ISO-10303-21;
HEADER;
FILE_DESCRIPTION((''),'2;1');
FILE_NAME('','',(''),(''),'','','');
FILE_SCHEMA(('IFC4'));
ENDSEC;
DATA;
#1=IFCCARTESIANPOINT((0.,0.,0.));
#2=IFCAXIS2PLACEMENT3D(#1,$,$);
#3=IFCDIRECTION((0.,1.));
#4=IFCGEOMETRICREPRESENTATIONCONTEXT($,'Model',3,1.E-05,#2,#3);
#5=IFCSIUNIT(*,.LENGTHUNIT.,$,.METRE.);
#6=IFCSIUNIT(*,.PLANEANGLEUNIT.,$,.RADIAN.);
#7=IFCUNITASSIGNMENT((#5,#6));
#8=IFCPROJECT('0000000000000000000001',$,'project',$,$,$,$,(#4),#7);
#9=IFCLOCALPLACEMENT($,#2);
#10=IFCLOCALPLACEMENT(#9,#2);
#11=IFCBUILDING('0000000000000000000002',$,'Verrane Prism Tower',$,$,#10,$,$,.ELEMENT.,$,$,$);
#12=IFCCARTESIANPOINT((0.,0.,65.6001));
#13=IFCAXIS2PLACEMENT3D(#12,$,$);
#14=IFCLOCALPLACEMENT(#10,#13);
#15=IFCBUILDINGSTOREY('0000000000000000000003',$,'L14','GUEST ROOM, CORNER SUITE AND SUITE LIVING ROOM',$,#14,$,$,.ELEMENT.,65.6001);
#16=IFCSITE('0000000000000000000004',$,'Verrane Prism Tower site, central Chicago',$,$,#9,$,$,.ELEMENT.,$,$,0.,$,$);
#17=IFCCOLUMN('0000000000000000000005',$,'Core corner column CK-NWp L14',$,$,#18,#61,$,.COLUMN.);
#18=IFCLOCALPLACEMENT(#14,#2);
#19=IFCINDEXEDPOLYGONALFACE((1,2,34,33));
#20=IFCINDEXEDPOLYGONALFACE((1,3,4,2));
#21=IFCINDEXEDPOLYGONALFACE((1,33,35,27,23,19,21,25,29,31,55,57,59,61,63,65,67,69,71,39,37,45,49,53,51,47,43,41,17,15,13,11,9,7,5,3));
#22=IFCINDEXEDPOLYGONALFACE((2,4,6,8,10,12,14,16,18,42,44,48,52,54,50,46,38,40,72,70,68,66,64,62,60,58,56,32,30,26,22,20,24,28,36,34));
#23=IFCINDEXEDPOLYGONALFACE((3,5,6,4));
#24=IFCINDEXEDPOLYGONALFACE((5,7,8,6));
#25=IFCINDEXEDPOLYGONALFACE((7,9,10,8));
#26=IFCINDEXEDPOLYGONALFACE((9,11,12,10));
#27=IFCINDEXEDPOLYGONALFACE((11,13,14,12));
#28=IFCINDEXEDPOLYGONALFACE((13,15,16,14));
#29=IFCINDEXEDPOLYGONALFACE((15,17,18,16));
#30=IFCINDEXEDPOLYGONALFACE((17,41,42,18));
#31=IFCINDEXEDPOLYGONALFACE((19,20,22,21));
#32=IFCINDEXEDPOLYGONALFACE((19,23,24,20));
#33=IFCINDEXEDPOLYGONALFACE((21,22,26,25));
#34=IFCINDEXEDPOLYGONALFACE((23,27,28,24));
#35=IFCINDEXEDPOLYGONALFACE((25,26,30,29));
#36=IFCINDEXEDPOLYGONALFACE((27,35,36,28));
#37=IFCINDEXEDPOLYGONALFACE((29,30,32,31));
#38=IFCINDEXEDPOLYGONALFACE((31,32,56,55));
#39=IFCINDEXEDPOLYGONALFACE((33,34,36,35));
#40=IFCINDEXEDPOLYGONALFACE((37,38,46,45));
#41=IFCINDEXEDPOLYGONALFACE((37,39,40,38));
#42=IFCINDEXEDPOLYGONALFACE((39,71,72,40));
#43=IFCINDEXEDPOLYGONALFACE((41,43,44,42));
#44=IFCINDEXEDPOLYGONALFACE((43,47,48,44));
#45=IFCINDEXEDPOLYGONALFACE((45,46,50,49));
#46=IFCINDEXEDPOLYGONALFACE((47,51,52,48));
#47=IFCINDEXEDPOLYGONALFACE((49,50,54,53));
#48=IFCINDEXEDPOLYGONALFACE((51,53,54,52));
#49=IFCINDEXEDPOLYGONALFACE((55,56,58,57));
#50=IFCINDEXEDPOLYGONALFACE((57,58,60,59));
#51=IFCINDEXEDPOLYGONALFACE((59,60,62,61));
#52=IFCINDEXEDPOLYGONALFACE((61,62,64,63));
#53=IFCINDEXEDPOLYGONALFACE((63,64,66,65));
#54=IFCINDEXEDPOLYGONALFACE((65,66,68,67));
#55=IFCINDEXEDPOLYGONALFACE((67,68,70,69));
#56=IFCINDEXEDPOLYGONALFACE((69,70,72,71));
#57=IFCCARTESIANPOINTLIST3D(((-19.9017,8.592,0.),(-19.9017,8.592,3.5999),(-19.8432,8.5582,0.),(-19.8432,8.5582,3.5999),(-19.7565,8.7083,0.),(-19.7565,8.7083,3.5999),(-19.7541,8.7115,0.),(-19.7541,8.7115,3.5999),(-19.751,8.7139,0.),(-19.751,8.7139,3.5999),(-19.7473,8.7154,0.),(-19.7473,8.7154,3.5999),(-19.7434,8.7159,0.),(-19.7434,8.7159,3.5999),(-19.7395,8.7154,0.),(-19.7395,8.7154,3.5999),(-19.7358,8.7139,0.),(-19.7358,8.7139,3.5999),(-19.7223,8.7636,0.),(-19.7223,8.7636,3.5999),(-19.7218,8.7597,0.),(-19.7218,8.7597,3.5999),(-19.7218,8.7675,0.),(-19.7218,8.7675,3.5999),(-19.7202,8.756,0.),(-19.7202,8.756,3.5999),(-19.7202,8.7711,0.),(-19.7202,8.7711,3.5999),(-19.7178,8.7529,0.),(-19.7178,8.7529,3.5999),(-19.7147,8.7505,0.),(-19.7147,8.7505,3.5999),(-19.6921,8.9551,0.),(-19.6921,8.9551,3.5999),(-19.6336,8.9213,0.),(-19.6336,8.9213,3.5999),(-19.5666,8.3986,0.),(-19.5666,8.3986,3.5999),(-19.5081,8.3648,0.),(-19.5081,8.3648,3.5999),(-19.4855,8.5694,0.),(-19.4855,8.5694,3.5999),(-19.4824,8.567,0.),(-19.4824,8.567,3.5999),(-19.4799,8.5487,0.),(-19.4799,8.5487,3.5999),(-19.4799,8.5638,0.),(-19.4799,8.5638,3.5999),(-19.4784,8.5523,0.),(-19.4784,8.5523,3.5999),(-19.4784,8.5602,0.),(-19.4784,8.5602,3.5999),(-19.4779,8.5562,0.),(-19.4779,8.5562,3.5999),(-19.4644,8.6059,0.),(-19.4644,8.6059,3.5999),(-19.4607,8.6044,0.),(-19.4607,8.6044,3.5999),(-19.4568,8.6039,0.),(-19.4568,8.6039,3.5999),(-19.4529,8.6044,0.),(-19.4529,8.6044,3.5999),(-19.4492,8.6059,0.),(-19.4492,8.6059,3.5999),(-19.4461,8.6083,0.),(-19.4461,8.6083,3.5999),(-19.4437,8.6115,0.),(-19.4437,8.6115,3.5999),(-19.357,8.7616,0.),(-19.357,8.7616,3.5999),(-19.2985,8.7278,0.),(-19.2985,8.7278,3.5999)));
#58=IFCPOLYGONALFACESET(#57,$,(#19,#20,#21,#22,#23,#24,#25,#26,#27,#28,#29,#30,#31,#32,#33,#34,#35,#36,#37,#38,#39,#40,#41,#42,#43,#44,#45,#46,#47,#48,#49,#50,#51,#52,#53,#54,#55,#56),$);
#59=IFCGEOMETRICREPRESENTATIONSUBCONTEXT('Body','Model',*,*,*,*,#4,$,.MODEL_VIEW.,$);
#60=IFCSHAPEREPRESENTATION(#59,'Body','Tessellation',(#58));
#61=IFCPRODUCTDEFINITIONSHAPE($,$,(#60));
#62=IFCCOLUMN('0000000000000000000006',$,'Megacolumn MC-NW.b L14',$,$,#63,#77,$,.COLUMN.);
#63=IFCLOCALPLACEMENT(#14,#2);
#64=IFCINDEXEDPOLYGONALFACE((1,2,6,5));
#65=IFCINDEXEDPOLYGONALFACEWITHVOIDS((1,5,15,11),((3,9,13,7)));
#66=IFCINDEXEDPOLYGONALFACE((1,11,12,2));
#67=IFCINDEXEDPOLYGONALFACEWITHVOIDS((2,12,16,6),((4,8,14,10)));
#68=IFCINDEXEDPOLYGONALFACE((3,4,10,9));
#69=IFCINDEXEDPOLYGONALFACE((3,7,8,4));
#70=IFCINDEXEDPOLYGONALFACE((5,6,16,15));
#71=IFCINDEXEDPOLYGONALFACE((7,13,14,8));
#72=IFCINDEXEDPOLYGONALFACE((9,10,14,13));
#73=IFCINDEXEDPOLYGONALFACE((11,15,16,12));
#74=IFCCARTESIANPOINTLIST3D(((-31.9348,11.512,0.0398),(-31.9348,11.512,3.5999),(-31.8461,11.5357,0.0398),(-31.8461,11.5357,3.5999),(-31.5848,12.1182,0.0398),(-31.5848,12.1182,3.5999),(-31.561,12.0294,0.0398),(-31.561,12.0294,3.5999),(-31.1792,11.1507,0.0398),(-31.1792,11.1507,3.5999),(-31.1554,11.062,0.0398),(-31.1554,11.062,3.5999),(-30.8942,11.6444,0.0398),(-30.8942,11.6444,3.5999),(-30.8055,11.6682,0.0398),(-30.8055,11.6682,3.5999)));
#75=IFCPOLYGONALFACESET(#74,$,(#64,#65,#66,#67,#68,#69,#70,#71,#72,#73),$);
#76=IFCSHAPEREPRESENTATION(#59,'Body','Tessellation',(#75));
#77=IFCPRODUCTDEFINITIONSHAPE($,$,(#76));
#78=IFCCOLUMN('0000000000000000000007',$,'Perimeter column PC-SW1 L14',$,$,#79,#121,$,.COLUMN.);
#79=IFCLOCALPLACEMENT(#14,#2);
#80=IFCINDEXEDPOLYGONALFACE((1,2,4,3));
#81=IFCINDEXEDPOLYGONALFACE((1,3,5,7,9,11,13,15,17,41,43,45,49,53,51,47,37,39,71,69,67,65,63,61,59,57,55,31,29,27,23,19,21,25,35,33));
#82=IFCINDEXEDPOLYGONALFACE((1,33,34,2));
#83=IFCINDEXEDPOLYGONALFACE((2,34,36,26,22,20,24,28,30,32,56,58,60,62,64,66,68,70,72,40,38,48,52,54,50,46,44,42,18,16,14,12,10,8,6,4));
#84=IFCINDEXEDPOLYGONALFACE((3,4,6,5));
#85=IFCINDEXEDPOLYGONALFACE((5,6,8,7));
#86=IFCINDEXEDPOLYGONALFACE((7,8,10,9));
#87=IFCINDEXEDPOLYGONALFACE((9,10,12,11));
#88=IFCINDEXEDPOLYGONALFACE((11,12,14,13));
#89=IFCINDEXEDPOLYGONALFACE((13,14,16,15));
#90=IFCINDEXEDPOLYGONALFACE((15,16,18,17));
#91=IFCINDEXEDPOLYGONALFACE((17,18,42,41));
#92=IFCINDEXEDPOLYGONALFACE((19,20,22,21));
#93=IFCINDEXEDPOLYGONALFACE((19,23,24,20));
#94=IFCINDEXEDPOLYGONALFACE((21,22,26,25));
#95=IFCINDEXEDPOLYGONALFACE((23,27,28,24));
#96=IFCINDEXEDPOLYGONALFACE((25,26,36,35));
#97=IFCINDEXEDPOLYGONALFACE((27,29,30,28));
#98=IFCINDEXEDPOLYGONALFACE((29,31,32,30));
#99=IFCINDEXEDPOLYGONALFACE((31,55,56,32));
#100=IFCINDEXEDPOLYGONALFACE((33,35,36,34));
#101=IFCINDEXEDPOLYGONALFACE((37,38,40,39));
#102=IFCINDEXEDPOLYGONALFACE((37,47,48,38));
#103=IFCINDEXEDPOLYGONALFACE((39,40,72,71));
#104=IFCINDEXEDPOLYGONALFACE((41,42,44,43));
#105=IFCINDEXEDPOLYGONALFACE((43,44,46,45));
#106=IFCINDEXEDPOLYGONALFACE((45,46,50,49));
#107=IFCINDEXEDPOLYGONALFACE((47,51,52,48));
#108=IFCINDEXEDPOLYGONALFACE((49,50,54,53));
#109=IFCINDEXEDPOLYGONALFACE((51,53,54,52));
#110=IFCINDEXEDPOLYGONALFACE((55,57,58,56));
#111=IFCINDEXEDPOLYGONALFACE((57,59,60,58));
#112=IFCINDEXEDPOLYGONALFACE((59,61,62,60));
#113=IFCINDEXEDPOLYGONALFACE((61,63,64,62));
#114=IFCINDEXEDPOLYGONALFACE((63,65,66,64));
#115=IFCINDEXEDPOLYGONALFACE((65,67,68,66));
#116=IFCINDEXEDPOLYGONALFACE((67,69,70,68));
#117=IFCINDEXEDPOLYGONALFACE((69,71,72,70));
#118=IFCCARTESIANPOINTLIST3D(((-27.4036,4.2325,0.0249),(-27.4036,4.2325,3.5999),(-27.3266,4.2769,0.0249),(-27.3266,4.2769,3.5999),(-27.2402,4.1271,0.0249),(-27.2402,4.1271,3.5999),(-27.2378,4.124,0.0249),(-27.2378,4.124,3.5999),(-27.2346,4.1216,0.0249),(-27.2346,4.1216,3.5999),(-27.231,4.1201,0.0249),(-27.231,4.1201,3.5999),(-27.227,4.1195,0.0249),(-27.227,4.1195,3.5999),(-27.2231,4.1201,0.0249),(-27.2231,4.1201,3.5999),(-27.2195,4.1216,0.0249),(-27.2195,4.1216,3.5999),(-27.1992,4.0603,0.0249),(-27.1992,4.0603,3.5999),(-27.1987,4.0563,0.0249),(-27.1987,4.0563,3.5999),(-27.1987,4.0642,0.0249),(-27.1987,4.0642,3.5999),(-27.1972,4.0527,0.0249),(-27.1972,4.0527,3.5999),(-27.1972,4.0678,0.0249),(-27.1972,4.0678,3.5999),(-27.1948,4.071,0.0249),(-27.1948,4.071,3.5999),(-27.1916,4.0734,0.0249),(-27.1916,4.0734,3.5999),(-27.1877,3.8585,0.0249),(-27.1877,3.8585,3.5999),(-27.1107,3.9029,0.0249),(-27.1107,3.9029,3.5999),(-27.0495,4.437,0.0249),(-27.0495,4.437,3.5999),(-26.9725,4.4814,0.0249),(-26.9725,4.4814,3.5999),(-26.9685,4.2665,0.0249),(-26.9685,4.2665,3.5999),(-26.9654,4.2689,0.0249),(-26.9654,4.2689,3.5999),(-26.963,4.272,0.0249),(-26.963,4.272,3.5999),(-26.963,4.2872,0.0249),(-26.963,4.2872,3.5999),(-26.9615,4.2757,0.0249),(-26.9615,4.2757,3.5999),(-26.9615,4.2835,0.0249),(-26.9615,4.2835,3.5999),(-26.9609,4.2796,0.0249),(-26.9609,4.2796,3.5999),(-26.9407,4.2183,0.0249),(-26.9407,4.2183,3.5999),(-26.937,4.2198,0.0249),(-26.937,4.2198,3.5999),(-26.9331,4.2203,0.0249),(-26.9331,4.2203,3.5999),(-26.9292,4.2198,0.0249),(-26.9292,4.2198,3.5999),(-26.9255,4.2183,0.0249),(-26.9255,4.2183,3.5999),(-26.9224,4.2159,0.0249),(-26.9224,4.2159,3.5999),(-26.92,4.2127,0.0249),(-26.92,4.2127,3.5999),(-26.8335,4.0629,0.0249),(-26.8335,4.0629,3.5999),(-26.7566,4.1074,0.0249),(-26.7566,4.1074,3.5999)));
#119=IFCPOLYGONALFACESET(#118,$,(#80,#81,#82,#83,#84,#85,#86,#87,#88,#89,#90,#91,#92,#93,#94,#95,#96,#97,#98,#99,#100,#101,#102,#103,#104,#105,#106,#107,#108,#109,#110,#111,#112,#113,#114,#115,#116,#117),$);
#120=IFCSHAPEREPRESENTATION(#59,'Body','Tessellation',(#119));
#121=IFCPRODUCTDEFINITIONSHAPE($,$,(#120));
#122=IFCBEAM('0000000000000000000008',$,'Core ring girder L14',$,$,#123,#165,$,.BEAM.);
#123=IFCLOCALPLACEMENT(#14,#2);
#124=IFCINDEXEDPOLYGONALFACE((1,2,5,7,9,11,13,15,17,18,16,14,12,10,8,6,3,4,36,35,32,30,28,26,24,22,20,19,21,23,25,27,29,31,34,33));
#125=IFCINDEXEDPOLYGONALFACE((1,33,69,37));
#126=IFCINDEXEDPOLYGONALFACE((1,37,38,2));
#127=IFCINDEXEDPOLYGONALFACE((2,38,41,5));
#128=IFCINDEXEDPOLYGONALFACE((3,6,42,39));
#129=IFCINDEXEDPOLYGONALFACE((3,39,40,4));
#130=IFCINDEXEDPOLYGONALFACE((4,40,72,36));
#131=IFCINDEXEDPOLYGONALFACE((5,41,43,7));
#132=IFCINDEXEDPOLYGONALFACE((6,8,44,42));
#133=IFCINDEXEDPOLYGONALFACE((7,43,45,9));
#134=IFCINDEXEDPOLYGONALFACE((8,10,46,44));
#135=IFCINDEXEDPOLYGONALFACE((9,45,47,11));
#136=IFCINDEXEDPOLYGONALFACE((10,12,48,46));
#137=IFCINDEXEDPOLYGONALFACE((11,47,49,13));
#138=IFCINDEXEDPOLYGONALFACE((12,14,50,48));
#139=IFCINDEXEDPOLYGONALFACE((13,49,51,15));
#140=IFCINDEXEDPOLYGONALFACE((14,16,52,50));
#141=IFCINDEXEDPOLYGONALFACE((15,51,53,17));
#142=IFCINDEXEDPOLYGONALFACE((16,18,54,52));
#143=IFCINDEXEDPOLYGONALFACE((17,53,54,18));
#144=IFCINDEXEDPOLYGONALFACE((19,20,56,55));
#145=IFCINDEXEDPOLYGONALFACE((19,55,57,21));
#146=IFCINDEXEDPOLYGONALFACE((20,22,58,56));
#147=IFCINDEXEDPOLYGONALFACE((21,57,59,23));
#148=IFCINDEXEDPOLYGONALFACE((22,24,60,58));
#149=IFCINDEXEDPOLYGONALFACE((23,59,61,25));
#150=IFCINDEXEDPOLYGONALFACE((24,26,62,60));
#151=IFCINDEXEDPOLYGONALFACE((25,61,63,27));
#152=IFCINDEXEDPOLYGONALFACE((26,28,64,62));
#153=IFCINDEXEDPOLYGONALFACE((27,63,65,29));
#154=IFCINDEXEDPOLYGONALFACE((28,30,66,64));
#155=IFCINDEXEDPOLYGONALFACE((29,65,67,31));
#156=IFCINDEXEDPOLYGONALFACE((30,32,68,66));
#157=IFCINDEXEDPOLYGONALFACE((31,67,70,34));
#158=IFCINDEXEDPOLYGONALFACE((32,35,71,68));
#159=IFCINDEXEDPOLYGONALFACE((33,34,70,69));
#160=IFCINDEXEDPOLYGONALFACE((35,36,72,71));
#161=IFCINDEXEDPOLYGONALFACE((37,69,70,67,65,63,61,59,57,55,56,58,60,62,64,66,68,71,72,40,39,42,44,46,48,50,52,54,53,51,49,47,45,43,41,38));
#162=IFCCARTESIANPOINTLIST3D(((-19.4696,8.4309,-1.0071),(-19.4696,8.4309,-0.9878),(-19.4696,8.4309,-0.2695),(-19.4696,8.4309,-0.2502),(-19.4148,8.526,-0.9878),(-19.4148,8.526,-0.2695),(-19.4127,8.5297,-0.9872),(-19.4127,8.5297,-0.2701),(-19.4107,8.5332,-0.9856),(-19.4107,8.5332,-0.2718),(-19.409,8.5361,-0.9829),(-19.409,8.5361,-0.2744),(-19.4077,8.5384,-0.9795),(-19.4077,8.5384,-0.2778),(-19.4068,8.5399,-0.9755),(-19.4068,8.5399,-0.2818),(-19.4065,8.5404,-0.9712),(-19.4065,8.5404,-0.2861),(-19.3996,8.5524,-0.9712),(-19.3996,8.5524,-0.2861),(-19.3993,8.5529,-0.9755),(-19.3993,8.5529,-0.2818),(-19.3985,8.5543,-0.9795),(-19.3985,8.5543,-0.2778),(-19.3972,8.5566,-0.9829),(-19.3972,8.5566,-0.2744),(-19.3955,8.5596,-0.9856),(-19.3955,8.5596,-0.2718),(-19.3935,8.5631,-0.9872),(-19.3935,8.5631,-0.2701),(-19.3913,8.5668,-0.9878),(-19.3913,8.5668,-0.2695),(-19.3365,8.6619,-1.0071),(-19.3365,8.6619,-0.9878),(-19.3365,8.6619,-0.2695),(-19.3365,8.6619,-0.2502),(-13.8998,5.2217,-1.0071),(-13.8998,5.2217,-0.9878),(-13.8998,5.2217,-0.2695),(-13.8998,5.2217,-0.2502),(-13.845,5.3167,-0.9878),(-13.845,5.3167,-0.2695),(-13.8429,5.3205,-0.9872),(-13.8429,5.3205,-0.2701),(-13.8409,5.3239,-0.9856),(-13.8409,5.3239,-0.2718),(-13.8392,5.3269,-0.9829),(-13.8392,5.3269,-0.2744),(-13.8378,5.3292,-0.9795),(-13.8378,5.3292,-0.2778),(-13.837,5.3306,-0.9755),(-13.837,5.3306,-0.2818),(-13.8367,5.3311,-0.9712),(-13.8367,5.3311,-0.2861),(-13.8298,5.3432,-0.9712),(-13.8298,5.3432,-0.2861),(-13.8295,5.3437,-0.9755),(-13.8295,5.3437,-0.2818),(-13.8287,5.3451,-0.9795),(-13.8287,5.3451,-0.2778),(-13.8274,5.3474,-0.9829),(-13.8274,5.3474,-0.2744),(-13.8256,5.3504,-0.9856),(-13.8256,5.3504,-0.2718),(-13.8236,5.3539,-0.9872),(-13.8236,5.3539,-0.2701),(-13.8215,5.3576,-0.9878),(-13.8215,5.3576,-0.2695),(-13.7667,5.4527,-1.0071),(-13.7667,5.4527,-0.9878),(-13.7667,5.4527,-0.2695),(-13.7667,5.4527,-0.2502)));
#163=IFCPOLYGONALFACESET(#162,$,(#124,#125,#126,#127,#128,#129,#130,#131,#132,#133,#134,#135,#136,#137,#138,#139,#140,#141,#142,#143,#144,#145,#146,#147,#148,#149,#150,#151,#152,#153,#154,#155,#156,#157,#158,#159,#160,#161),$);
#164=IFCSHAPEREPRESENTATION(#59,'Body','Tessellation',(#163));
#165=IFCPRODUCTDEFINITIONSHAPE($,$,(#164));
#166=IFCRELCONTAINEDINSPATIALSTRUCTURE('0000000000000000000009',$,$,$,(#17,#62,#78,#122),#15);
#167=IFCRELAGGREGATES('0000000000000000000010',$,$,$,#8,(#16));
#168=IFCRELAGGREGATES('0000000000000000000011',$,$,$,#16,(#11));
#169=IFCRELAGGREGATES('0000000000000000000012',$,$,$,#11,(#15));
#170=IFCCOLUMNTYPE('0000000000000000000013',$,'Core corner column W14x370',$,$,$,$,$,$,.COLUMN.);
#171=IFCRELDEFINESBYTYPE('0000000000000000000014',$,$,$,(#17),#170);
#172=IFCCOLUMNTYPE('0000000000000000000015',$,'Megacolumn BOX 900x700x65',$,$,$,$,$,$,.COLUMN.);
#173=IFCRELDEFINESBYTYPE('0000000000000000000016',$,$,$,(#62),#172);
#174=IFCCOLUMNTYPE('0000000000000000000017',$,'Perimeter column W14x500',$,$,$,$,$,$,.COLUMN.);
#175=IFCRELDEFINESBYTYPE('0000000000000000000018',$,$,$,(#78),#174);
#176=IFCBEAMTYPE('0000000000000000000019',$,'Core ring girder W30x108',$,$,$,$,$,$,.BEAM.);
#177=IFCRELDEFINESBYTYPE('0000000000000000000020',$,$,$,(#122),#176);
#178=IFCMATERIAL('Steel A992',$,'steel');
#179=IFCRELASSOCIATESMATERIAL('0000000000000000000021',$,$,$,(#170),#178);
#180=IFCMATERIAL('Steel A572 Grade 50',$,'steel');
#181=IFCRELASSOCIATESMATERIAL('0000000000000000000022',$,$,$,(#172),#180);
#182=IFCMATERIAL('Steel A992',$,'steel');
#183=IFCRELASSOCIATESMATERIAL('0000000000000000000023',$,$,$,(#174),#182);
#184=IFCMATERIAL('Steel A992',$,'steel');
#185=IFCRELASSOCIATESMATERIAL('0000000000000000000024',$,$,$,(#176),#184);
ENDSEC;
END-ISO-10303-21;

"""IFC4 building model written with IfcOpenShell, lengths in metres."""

from ifc_helpers import new_model, si_unit, direction, frame, origin, origin_2d, place, context, subcontext, project, spatial, hollow_rectangle, i_section, extrude, material, material_profile, profile_set, type_object, element, save


model = new_model("IFC4")

# Units and contexts
model_context = context("Model", 3, precision=1e-05, world=origin(), true_north=direction((0.0, 1.0)))
body_context = subcontext(model_context, "Body", "Model", "MODEL_VIEW")
ifc_project = project(units=[si_unit("LENGTHUNIT", "METRE"), si_unit("PLANEANGLEUNIT", "RADIAN")], contexts=[model_context])

# Site, building, storey
site_placement = place(None, origin())
site = spatial("IfcSite", under=ifc_project, at=site_placement, Name="Verrane Prism Tower site, central Chicago", CompositionType="ELEMENT", RefElevation=0.0)
building_placement = place(site_placement, origin())
building = spatial("IfcBuilding", under=site, at=building_placement, Name="Verrane Prism Tower", CompositionType="ELEMENT")
storey_placement = place(building_placement, frame((0.0, 0.0, 65.6001)))
storey = spatial("IfcBuildingStorey", under=building, at=storey_placement, Name="L14", Description="GUEST ROOM, CORNER SUITE AND SUITE LIVING ROOM", CompositionType="ELEMENT", Elevation=65.6001)

# Columns
ifc_material_1 = material(Name="Steel A992", Category="steel")
ifc_material_profile_1 = material_profile(ifc_material_1, i_section(OverallWidth=0.4192, OverallDepth=0.4546, WebThickness=0.0422, FlangeThickness=0.0676, FilletRadius=0.0151, at=origin_2d()), Name="W14x370")
ifc_profile_set_1 = profile_set([ifc_material_profile_1], Name="Steel A992")
column_type_1 = type_object("IfcColumnType", Name="Core corner column W14x370", PredefinedType="COLUMN", material=ifc_profile_set_1)
column_1_placement = place(storey_placement, frame((-19.6001, 8.6599, 0.0), z_axis=(0.0, 0.0, 1.0), x_axis=(0.5, 0.866025, 0.0)))
element("IfcColumn", 1, at=column_1_placement, inside=storey, type_object=column_type_1, Name="Core corner column CK-NWp L14", PredefinedType="COLUMN", context=body_context, shape_type="SweptSolid", body=[
    extrude(i_section(OverallWidth=0.4192, OverallDepth=0.4546, WebThickness=0.0422, FlangeThickness=0.0676, FilletRadius=0.0151, at=origin_2d()), origin(), (0.0, 0.0, 1.0), 3.5999),
])
ifc_material_2 = material(Name="Steel A572 Grade 50", Category="steel")
ifc_material_profile_2 = material_profile(ifc_material_2, hollow_rectangle(XDim=0.7, YDim=0.8999, WallThickness=0.0649, at=origin_2d()), Name="BOX 900x700x65")
ifc_profile_set_2 = profile_set([ifc_material_profile_2], Name="Steel A572 Grade 50")
column_type_2 = type_object("IfcColumnType", Name="Megacolumn BOX 900x700x65", PredefinedType="COLUMN", material=ifc_profile_set_2)
column_2_placement = place(storey_placement, frame((-31.3701, 11.5901, 0.0398), z_axis=(0.0, 0.0, 1.0), x_axis=(0.5, 0.866025, 0.0)))
element("IfcColumn", 2, at=column_2_placement, inside=storey, type_object=column_type_2, Name="Megacolumn MC-NW.b L14", PredefinedType="COLUMN", context=body_context, shape_type="SweptSolid", body=[
    extrude(hollow_rectangle(XDim=0.7, YDim=0.8999, WallThickness=0.0649, at=origin_2d()), origin(), (0.0, 0.0, 1.0), 3.5601),
])
ifc_material_3 = material(Name="Steel A992", Category="steel")
ifc_material_profile_3 = material_profile(ifc_material_3, i_section(OverallWidth=0.4319, OverallDepth=0.4978, WebThickness=0.0557, FlangeThickness=0.0889, FilletRadius=0.0151, at=origin_2d()), Name="W14x500")
ifc_profile_set_3 = profile_set([ifc_material_profile_3], Name="Steel A992")
column_type_3 = type_object("IfcColumnType", Name="Perimeter column W14x500", PredefinedType="COLUMN", material=ifc_profile_set_3)
column_3_placement = place(storey_placement, frame((-27.0801, 4.1699, 0.0249), z_axis=(0.0, 0.0, 1.0), x_axis=(-0.5, 0.866025, 0.0)))
element("IfcColumn", 3, at=column_3_placement, inside=storey, type_object=column_type_3, Name="Perimeter column PC-SW1 L14", PredefinedType="COLUMN", context=body_context, shape_type="SweptSolid", body=[
    extrude(i_section(OverallWidth=0.4319, OverallDepth=0.4978, WebThickness=0.0557, FlangeThickness=0.0889, FilletRadius=0.0151, at=origin_2d()), origin(), (0.0, 0.0, 1.0), 3.575),
])

# Beam
ifc_material_4 = material(Name="Steel A992", Category="steel")
ifc_material_profile_4 = material_profile(ifc_material_4, i_section(OverallWidth=0.2666, OverallDepth=0.7568, WebThickness=0.0139, FlangeThickness=0.0193, FilletRadius=0.0166, at=origin_2d()), Name="W30x108")
ifc_profile_set_4 = profile_set([ifc_material_profile_4], Name="Steel A992")
beam_type_1 = type_object("IfcBeamType", Name="Core ring girder W30x108", PredefinedType="BEAM", material=ifc_profile_set_4)
beam_1_placement = place(storey_placement, frame((-19.4031, 8.5464, -0.6287), z_axis=(0.866464, -0.49924, 0.0), x_axis=(0.49924, 0.866464, 0.0)))
element("IfcBeam", 4, at=beam_1_placement, inside=storey, type_object=beam_type_1, Name="Core ring girder L14", PredefinedType="BEAM", context=body_context, shape_type="SweptSolid", body=[
    extrude(i_section(OverallWidth=0.2666, OverallDepth=0.7568, WebThickness=0.0139, FlangeThickness=0.0193, FilletRadius=0.0166, at=origin_2d()), origin(), (0.0, 0.0, 1.0), 6.4282),
])

save(model, "model.ifc")
